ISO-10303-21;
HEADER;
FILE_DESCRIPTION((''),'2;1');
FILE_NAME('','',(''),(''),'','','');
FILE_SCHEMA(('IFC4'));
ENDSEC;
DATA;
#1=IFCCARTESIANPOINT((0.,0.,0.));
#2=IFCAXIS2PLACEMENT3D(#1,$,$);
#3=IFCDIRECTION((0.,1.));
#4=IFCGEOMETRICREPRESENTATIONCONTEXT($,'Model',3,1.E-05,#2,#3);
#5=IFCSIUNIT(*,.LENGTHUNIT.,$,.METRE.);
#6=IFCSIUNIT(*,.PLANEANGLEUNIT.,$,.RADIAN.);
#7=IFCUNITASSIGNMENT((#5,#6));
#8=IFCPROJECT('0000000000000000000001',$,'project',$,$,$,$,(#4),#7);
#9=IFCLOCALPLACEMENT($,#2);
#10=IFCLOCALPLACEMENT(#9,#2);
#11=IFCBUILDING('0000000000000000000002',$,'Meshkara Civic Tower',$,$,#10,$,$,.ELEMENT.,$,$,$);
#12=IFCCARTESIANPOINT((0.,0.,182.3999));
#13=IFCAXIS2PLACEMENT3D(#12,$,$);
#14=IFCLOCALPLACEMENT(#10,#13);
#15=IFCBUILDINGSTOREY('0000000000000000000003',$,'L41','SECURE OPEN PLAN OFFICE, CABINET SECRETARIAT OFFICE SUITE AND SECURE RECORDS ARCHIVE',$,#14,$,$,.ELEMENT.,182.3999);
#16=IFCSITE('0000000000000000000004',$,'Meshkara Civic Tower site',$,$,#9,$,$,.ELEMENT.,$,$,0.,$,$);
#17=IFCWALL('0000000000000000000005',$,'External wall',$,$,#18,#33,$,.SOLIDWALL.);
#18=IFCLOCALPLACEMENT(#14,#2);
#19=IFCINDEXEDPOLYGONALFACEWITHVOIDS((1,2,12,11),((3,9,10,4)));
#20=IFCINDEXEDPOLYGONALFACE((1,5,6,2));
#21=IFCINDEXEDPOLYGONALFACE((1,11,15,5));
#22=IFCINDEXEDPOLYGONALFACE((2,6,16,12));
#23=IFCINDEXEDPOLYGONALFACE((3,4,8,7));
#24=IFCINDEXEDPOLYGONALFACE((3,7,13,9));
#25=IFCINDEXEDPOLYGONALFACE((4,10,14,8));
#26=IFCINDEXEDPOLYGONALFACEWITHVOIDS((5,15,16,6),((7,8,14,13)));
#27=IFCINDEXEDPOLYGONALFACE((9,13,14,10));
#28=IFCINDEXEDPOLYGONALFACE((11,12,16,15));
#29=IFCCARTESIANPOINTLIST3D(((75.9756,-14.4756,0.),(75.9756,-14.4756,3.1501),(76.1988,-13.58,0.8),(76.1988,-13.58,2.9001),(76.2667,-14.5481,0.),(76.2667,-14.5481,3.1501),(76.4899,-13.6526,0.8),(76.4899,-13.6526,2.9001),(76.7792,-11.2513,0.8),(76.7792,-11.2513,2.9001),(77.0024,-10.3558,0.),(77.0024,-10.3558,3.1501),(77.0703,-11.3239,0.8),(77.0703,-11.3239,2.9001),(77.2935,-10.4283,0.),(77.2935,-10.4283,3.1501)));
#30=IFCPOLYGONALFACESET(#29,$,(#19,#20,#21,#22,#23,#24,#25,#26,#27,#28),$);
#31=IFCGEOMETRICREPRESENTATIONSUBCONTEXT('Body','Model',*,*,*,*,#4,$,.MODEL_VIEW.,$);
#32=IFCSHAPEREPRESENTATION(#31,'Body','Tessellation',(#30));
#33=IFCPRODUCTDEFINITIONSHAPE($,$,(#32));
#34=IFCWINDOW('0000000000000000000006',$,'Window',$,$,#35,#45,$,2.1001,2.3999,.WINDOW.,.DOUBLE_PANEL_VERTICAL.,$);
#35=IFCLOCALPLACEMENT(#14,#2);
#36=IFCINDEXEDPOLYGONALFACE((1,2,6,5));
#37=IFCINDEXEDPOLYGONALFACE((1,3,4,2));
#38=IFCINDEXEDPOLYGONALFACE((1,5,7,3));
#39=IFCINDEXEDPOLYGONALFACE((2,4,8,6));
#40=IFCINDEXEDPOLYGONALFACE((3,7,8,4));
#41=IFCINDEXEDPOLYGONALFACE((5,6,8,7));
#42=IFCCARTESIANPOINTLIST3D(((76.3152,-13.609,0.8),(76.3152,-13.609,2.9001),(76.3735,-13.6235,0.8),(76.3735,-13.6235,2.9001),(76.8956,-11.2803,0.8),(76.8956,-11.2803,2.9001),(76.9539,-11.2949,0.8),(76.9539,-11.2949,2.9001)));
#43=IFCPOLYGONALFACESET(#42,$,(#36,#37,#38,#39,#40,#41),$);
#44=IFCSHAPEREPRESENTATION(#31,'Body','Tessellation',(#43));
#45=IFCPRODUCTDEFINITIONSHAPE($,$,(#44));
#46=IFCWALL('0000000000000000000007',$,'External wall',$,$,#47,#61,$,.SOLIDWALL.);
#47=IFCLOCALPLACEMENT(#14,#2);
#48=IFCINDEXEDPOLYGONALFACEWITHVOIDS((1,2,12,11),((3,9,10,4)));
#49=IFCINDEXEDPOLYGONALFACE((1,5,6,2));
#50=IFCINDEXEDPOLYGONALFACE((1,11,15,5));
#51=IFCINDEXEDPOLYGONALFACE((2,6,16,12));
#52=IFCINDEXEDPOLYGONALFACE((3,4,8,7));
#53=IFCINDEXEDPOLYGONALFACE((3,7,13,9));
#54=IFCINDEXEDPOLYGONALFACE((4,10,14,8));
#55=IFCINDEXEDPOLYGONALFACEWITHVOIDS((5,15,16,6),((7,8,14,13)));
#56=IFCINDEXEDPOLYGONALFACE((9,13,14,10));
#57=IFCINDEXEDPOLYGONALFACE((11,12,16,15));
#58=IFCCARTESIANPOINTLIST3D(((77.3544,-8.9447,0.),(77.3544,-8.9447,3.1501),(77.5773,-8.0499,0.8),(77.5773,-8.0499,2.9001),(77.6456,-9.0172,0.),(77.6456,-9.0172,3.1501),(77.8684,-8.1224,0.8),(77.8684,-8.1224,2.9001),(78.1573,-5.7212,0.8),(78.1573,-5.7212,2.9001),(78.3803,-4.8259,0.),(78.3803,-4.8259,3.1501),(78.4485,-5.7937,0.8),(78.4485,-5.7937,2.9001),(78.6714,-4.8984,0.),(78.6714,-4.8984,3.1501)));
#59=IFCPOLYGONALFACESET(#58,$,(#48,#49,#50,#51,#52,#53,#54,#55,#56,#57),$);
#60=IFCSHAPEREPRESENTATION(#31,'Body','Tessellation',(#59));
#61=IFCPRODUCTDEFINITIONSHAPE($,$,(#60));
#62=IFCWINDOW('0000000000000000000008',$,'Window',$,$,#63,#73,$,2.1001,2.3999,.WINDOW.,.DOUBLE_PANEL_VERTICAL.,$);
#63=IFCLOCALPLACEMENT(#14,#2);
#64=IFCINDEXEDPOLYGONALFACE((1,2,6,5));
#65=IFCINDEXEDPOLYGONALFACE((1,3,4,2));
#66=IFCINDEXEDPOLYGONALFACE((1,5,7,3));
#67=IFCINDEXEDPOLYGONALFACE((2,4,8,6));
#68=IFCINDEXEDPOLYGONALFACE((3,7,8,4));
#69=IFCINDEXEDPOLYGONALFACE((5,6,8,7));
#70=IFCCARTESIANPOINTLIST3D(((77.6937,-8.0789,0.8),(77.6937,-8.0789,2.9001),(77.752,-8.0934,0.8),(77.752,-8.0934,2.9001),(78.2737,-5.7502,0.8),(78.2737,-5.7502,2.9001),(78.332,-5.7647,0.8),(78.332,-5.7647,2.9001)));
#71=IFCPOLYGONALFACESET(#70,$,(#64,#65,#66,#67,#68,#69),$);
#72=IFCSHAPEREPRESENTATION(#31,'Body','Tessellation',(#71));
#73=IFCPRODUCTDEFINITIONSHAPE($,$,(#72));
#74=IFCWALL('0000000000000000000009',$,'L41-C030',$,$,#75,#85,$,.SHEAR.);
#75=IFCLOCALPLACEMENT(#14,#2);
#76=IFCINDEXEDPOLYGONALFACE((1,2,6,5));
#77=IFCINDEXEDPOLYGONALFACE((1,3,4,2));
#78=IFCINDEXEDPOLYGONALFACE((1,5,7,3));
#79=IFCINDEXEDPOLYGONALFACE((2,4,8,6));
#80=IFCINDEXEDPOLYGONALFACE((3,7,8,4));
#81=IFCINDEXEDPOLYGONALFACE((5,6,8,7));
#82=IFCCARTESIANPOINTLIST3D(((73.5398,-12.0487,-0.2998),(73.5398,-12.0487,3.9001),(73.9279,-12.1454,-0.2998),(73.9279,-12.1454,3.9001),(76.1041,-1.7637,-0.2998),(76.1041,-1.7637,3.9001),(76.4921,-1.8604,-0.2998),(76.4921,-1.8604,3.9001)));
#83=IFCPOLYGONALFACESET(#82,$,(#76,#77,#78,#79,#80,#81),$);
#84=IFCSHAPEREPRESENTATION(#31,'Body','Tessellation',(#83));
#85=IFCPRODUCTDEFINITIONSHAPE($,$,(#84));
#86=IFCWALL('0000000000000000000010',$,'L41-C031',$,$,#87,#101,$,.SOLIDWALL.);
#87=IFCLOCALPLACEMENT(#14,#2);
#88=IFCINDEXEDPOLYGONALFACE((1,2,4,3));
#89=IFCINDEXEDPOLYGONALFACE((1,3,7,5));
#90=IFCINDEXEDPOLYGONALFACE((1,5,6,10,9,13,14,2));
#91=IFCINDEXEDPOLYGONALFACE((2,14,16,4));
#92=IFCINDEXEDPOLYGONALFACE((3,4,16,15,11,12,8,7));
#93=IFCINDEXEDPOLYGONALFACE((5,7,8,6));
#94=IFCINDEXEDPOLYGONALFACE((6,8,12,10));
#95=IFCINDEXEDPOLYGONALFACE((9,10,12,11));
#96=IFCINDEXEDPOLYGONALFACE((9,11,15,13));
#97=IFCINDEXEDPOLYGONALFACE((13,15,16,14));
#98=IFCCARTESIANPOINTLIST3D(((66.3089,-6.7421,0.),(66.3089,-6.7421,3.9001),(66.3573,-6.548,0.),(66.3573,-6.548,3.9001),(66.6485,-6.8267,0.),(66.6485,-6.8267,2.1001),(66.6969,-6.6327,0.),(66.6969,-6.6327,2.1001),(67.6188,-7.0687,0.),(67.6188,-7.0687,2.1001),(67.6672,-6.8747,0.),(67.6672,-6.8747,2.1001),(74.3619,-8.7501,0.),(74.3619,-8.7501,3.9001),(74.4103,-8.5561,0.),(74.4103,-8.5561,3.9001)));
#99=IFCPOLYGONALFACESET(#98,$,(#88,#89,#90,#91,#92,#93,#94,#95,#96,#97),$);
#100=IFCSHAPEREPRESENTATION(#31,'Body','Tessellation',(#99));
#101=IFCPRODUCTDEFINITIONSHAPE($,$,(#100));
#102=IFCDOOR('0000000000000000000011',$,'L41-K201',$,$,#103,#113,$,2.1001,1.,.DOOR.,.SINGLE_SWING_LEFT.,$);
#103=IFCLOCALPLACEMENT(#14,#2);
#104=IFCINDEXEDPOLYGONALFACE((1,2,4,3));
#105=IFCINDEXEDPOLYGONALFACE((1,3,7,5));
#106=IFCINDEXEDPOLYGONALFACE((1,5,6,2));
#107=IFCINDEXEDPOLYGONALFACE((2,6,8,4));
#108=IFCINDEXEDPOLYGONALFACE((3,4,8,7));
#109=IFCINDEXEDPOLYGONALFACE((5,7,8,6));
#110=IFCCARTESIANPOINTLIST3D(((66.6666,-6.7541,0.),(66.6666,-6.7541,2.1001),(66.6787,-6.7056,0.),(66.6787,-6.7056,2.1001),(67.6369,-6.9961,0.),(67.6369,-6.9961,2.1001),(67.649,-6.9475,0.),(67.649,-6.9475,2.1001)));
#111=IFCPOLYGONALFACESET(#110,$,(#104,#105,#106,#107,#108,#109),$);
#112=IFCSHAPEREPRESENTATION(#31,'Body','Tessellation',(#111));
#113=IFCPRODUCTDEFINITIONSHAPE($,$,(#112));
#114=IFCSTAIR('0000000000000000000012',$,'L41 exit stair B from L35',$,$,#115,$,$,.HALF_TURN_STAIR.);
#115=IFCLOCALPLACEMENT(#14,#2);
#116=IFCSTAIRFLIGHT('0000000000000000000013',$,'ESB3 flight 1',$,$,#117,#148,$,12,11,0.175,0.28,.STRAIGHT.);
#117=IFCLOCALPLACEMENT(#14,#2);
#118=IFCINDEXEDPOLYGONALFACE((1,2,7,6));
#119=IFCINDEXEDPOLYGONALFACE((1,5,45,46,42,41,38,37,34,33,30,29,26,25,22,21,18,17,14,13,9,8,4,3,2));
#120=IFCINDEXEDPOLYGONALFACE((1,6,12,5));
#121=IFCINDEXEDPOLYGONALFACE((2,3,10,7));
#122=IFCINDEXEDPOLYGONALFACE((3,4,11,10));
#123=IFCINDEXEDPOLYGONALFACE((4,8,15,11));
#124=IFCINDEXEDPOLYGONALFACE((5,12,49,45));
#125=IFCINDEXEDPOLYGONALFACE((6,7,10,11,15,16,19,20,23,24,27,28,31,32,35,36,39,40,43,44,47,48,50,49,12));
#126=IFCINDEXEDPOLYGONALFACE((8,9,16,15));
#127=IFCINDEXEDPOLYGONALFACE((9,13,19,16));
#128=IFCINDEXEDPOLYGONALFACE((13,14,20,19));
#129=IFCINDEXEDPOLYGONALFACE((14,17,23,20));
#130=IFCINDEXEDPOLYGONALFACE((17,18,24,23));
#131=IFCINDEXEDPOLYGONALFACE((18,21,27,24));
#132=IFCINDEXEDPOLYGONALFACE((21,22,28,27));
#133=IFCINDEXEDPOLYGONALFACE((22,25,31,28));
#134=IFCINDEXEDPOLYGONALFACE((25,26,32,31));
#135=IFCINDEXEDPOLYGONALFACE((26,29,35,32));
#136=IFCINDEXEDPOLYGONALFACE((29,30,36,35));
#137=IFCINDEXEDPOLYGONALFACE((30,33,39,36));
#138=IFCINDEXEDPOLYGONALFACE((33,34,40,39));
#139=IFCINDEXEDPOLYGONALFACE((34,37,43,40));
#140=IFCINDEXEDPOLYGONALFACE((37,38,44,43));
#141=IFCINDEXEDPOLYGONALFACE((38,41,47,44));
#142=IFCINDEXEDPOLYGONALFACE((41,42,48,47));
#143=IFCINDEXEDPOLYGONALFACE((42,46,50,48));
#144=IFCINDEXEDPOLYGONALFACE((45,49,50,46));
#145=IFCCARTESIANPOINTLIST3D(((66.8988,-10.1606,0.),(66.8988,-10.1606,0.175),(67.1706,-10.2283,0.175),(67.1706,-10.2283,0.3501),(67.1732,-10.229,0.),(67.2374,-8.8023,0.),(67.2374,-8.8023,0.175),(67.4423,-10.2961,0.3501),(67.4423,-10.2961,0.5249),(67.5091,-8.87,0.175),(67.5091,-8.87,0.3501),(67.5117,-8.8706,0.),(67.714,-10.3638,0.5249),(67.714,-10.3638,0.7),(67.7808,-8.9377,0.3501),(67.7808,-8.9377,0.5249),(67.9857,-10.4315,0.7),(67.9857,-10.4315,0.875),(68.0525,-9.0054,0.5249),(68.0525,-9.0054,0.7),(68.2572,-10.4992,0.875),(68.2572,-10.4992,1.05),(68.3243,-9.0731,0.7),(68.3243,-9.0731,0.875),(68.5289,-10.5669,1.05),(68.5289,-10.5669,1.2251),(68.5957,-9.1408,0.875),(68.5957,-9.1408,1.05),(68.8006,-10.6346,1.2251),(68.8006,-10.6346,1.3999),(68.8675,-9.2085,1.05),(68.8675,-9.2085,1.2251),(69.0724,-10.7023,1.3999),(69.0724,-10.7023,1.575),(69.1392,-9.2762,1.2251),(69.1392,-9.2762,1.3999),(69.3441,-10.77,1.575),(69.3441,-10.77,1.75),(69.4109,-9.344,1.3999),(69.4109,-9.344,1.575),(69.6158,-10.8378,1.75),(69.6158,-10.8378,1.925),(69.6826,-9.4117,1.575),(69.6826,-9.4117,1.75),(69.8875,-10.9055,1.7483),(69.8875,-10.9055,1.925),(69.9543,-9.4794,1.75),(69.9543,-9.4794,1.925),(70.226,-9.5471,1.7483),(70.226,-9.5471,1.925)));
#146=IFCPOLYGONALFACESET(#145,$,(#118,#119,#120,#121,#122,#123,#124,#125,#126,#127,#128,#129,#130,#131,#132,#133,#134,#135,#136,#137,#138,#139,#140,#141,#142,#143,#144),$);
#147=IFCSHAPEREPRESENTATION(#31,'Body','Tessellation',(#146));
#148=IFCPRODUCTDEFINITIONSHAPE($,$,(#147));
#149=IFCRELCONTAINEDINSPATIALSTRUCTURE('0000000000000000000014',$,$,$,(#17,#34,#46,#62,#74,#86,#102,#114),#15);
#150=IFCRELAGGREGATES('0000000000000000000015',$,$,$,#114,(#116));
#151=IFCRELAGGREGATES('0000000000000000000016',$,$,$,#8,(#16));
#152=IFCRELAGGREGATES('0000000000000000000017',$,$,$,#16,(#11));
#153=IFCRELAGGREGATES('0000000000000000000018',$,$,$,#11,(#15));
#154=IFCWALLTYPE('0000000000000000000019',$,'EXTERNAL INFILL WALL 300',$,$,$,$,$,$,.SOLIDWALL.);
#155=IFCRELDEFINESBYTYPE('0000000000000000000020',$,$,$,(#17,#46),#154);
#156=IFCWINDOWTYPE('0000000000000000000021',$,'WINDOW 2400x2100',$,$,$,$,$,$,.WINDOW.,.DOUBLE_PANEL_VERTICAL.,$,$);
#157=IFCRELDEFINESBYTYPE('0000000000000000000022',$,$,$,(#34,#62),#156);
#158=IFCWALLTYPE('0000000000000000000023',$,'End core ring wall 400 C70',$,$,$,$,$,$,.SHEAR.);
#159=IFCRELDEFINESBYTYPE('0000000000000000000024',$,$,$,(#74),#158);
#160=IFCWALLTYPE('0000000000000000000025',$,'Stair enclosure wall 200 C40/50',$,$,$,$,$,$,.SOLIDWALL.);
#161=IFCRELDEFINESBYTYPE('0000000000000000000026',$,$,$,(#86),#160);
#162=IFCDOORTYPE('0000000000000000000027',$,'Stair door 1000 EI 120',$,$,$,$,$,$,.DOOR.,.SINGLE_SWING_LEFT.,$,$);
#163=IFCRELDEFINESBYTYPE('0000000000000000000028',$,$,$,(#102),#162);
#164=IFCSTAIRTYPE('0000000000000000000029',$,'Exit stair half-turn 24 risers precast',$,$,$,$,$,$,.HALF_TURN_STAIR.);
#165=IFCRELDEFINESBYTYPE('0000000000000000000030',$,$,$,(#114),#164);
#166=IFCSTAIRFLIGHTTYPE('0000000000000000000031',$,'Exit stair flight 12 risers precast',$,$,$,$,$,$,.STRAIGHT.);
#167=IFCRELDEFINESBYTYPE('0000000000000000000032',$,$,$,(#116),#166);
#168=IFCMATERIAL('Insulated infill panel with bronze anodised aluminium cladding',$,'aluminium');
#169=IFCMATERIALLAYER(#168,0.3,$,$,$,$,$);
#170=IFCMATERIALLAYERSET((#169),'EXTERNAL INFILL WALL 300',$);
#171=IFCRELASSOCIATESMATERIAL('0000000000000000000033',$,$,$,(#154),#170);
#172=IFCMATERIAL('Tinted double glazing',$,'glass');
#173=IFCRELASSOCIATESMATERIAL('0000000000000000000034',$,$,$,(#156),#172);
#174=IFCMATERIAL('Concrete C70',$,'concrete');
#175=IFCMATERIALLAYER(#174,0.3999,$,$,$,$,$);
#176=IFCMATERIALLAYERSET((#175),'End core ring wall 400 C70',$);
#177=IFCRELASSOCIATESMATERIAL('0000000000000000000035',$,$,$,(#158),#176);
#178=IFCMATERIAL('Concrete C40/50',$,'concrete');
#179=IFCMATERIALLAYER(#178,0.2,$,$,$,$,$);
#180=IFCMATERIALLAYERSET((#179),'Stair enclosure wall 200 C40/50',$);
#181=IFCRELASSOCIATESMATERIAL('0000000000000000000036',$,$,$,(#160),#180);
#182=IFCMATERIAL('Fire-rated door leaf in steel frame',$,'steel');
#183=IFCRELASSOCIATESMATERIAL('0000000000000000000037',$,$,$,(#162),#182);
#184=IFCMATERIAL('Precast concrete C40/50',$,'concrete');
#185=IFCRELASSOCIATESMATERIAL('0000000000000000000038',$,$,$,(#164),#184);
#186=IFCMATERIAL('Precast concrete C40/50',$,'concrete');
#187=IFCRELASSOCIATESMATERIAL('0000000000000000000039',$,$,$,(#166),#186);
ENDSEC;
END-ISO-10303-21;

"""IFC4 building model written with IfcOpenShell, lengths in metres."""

from ifc_helpers import new_model, si_unit, direction, frame, frame_2d, origin, place, context, subcontext, project, spatial, polyline, rectangle, outline, extrude, material, layer, layer_set, type_object, element, fill, aggregate, save


model = new_model("IFC4")

# Units and contexts
model_context = context("Model", 3, precision=1e-05, world=origin(), true_north=direction((0.0, 1.0)))
body_context = subcontext(model_context, "Body", "Model", "MODEL_VIEW")
ifc_project = project(units=[si_unit("LENGTHUNIT", "METRE"), si_unit("PLANEANGLEUNIT", "RADIAN")], contexts=[model_context])

# Site, building, storey
site_placement = place(None, origin())
site = spatial("IfcSite", under=ifc_project, at=site_placement, Name="Meshkara Civic Tower site", CompositionType="ELEMENT", RefElevation=0.0)
building_placement = place(site_placement, origin())
building = spatial("IfcBuilding", under=site, at=building_placement, Name="Meshkara Civic Tower", CompositionType="ELEMENT")
storey_placement = place(building_placement, frame((0.0, 0.0, 182.3999)))
storey = spatial("IfcBuildingStorey", under=building, at=storey_placement, Name="L41", Description="SECURE OPEN PLAN OFFICE, CABINET SECRETARIAT OFFICE SUITE AND SECURE RECORDS ARCHIVE", CompositionType="ELEMENT", Elevation=182.3999)

# Walls, openings, windows
ifc_material_1 = material(Name="Insulated infill panel with bronze anodised aluminium cladding", Category="aluminium")
ifc_layer_1 = layer(ifc_material_1, 0.3)
ifc_layer_set_1 = layer_set([ifc_layer_1], Name="EXTERNAL INFILL WALL 300")
wall_type_1 = type_object("IfcWallType", Name="EXTERNAL INFILL WALL 300", PredefinedType="SOLIDWALL", material=ifc_layer_set_1)
ifc_material_2 = material(Name="Tinted double glazing", Category="glass")
window_type_1 = type_object("IfcWindowType", Name="WINDOW 2400x2100", PartitioningType="DOUBLE_PANEL_VERTICAL", PredefinedType="WINDOW", material=ifc_material_2)
wall_1_placement = place(storey_placement, frame((76.1211, -14.512, 0.0), z_axis=(0.0, 0.0, 1.0), x_axis=(0.241846, 0.970315, 0.0)))
wall_1 = element("IfcWall", 1, at=wall_1_placement, inside=storey, type_object=wall_type_1, Name="External wall", PredefinedType="SOLIDWALL", context=body_context, shape_type="SweptSolid", body=[
    extrude(rectangle(XDim=4.2458, YDim=0.3, at=frame_2d((2.123, 0.0))), origin(), (0.0, 0.0, 1.0), 3.1501),
])
opening_1_placement = place(wall_1_placement, frame((0.9231, 0.0, 0.8)))
opening_1 = element("IfcOpeningElement", 2, at=opening_1_placement, cuts=wall_1, PredefinedType="OPENING", context=body_context, shape_type="SweptSolid", body=[
    extrude(rectangle(XDim=2.3999, YDim=2.1001, at=frame_2d((1.2, 1.05))), frame((0.0, 0.1599, 0.0), z_axis=(0.0, -1.0, 0.0), x_axis=(1.0, 0.0, 0.0)), (0.0, 0.0, 1.0), 0.3201),
])
window_1_placement = place(opening_1_placement, origin())
window_1 = element("IfcWindow", 3, at=window_1_placement, inside=storey, type_object=window_type_1, Name="Window", OverallHeight=2.1001, OverallWidth=2.3999, PartitioningType="DOUBLE_PANEL_VERTICAL", PredefinedType="WINDOW", context=body_context, shape_type="SweptSolid", body=[
    extrude(rectangle(XDim=2.3999, YDim=2.1001, at=frame_2d((1.2, 1.05))), frame((0.0, 0.03, 0.0), z_axis=(0.0, -1.0, 0.0), x_axis=(1.0, 0.0, 0.0)), (0.0, 0.0, 1.0), 0.0601),
])
fill(opening_1, window_1)
wall_2_placement = place(storey_placement, frame((77.5, -8.981, 0.0), z_axis=(0.0, 0.0, 1.0), x_axis=(0.241683, 0.970355, 0.0)))
wall_2 = element("IfcWall", 4, at=wall_2_placement, inside=storey, type_object=wall_type_1, Name="External wall", PredefinedType="SOLIDWALL", context=body_context, shape_type="SweptSolid", body=[
    extrude(rectangle(XDim=4.2446, YDim=0.3, at=frame_2d((2.1223, 0.0))), origin(), (0.0, 0.0, 1.0), 3.1501),
])
opening_2_placement = place(wall_2_placement, frame((0.9221, 0.0, 0.8)))
opening_2 = element("IfcOpeningElement", 5, at=opening_2_placement, cuts=wall_2, PredefinedType="OPENING", context=body_context, shape_type="SweptSolid", body=[
    extrude(rectangle(XDim=2.3999, YDim=2.1001, at=frame_2d((1.2, 1.05))), frame((0.0, 0.1599, 0.0), z_axis=(0.0, -1.0, 0.0), x_axis=(1.0, 0.0, 0.0)), (0.0, 0.0, 1.0), 0.3201),
])
window_2_placement = place(opening_2_placement, origin())
window_2 = element("IfcWindow", 6, at=window_2_placement, inside=storey, type_object=window_type_1, Name="Window", OverallHeight=2.1001, OverallWidth=2.3999, PartitioningType="DOUBLE_PANEL_VERTICAL", PredefinedType="WINDOW", context=body_context, shape_type="SweptSolid", body=[
    extrude(rectangle(XDim=2.3999, YDim=2.1001, at=frame_2d((1.2, 1.05))), frame((0.0, 0.03, 0.0), z_axis=(0.0, -1.0, 0.0), x_axis=(1.0, 0.0, 0.0)), (0.0, 0.0, 1.0), 0.0601),
])
fill(opening_2, window_2)

# Wall
ifc_material_3 = material(Name="Concrete C70", Category="concrete")
ifc_layer_2 = layer(ifc_material_3, 0.3999)
ifc_layer_set_2 = layer_set([ifc_layer_2], Name="End core ring wall 400 C70")
wall_type_2 = type_object("IfcWallType", Name="End core ring wall 400 C70", PredefinedType="SHEAR", material=ifc_layer_set_2)
wall_3_placement = place(storey_placement, frame((73.7339, -12.0969, -0.2998), z_axis=(0.0, 0.0, 1.0), x_axis=(0.241912, 0.970298, 0.0)))
element("IfcWall", 7, at=wall_3_placement, inside=storey, type_object=wall_type_2, Name="L41-C030", PredefinedType="SHEAR", context=body_context, shape_type="SweptSolid", body=[
    extrude(rectangle(XDim=10.5999, YDim=0.3999, at=frame_2d((5.2998, 0.0))), origin(), (0.0, 0.0, 1.0), 4.2),
])

# Wall, opening, door
ifc_material_4 = material(Name="Concrete C40/50", Category="concrete")
ifc_layer_3 = layer(ifc_material_4, 0.2)
ifc_layer_set_3 = layer_set([ifc_layer_3], Name="Stair enclosure wall 200 C40/50")
wall_type_3 = type_object("IfcWallType", Name="Stair enclosure wall 200 C40/50", PredefinedType="SOLIDWALL", material=ifc_layer_set_3)
wall_4_placement = place(storey_placement, frame((66.333, -6.645, 0.0), z_axis=(0.0, 0.0, 1.0), x_axis=(0.970289, -0.241947, 0.0)))
wall_4 = element("IfcWall", 8, at=wall_4_placement, inside=storey, type_object=wall_type_3, Name="L41-C031", PredefinedType="SOLIDWALL", context=body_context, shape_type="SweptSolid", body=[
    extrude(rectangle(XDim=8.2996, YDim=0.2, at=frame_2d((4.1499, 0.0))), origin(), (0.0, 0.0, 1.0), 3.9001),
])
opening_3_placement = place(wall_4_placement, frame((0.3501, 0.0, 0.0)))
opening_3 = element("IfcOpeningElement", 9, at=opening_3_placement, cuts=wall_4, PredefinedType="OPENING", context=body_context, shape_type="SweptSolid", body=[
    extrude(rectangle(XDim=1.0, YDim=2.1001, at=frame_2d((0.5, 1.05))), frame((0.0, 0.1099, 0.0), z_axis=(0.0, -1.0, 0.0), x_axis=(1.0, 0.0, 0.0)), (0.0, 0.0, 1.0), 0.22),
])
ifc_material_5 = material(Name="Fire-rated door leaf in steel frame", Category="steel")
door_type = type_object("IfcDoorType", Name="Stair door 1000 EI 120", OperationType="SINGLE_SWING_LEFT", PredefinedType="DOOR", material=ifc_material_5)
door_placement = place(opening_3_placement, origin())
door = element("IfcDoor", 10, at=door_placement, inside=storey, type_object=door_type, Name="L41-K201", OperationType="SINGLE_SWING_LEFT", OverallHeight=2.1001, OverallWidth=1.0, PredefinedType="DOOR", context=body_context, shape_type="SweptSolid", body=[
    extrude(rectangle(XDim=1.0, YDim=2.1001, at=frame_2d((0.5, 1.05))), frame((0.0, 0.0249, 0.0), z_axis=(0.0, -1.0, 0.0), x_axis=(1.0, 0.0, 0.0)), (0.0, 0.0, 1.0), 0.05),
])
fill(opening_3, door)

# Stair, stair flight
ifc_material_6 = material(Name="Precast concrete C40/50", Category="concrete")
stair_type = type_object("IfcStairType", Name="Exit stair half-turn 24 risers precast", PredefinedType="HALF_TURN_STAIR", material=ifc_material_6)
stair_placement = place(storey_placement, origin())
stair = element("IfcStair", 11, at=stair_placement, inside=storey, type_object=stair_type, Name="L41 exit stair B from L35", PredefinedType="HALF_TURN_STAIR")
ifc_material_7 = material(Name="Precast concrete C40/50", Category="concrete")
stair_flight_type = type_object("IfcStairFlightType", Name="Exit stair flight 12 risers precast", PredefinedType="STRAIGHT", material=ifc_material_7)
stair_flight_1_placement = place(storey_placement, frame((67.0681, -9.4814, 0.0), z_axis=(0.0, 0.0, 1.0), x_axis=(0.970319, -0.24183, 0.0)))
stair_flight_1 = element("IfcStairFlight", 12, at=stair_flight_1_placement, type_object=stair_flight_type, Name="ESB3 flight 1", NumberOfRisers=12, NumberOfTreads=11, PredefinedType="STRAIGHT", RiserHeight=0.175, TreadLength=0.28, context=body_context, shape_type="SweptSolid", body=[
    extrude(outline(polyline([(0.0, 0.0), (0.0, 0.175), (0.28, 0.175), (0.28, 0.3501), (0.5601, 0.3501), (0.5601, 0.5249), (0.8401, 0.5249), (0.8401, 0.7), (1.1201, 0.7), (1.1201, 0.875), (1.3999, 0.875), (1.3999, 1.05), (1.6799, 1.05), (1.6799, 1.2251), (1.96, 1.2251), (1.96, 1.3999), (2.24, 1.3999), (2.24, 1.575), (2.52, 1.575), (2.52, 1.75), (2.8, 1.75), (2.8, 1.925), (3.0801, 1.925), (3.0801, 2.1001), (3.0801, 1.7483), (0.2827, 0.0), (0.0, 0.0)])), frame((0.0, 0.7, 0.0), z_axis=(0.0, -1.0, 0.0), x_axis=(1.0, 0.0, 0.0)), (0.0, 0.0, 1.0), 1.3999),
])
aggregate(stair, [stair_flight_1])

save(model, "model.ifc")
